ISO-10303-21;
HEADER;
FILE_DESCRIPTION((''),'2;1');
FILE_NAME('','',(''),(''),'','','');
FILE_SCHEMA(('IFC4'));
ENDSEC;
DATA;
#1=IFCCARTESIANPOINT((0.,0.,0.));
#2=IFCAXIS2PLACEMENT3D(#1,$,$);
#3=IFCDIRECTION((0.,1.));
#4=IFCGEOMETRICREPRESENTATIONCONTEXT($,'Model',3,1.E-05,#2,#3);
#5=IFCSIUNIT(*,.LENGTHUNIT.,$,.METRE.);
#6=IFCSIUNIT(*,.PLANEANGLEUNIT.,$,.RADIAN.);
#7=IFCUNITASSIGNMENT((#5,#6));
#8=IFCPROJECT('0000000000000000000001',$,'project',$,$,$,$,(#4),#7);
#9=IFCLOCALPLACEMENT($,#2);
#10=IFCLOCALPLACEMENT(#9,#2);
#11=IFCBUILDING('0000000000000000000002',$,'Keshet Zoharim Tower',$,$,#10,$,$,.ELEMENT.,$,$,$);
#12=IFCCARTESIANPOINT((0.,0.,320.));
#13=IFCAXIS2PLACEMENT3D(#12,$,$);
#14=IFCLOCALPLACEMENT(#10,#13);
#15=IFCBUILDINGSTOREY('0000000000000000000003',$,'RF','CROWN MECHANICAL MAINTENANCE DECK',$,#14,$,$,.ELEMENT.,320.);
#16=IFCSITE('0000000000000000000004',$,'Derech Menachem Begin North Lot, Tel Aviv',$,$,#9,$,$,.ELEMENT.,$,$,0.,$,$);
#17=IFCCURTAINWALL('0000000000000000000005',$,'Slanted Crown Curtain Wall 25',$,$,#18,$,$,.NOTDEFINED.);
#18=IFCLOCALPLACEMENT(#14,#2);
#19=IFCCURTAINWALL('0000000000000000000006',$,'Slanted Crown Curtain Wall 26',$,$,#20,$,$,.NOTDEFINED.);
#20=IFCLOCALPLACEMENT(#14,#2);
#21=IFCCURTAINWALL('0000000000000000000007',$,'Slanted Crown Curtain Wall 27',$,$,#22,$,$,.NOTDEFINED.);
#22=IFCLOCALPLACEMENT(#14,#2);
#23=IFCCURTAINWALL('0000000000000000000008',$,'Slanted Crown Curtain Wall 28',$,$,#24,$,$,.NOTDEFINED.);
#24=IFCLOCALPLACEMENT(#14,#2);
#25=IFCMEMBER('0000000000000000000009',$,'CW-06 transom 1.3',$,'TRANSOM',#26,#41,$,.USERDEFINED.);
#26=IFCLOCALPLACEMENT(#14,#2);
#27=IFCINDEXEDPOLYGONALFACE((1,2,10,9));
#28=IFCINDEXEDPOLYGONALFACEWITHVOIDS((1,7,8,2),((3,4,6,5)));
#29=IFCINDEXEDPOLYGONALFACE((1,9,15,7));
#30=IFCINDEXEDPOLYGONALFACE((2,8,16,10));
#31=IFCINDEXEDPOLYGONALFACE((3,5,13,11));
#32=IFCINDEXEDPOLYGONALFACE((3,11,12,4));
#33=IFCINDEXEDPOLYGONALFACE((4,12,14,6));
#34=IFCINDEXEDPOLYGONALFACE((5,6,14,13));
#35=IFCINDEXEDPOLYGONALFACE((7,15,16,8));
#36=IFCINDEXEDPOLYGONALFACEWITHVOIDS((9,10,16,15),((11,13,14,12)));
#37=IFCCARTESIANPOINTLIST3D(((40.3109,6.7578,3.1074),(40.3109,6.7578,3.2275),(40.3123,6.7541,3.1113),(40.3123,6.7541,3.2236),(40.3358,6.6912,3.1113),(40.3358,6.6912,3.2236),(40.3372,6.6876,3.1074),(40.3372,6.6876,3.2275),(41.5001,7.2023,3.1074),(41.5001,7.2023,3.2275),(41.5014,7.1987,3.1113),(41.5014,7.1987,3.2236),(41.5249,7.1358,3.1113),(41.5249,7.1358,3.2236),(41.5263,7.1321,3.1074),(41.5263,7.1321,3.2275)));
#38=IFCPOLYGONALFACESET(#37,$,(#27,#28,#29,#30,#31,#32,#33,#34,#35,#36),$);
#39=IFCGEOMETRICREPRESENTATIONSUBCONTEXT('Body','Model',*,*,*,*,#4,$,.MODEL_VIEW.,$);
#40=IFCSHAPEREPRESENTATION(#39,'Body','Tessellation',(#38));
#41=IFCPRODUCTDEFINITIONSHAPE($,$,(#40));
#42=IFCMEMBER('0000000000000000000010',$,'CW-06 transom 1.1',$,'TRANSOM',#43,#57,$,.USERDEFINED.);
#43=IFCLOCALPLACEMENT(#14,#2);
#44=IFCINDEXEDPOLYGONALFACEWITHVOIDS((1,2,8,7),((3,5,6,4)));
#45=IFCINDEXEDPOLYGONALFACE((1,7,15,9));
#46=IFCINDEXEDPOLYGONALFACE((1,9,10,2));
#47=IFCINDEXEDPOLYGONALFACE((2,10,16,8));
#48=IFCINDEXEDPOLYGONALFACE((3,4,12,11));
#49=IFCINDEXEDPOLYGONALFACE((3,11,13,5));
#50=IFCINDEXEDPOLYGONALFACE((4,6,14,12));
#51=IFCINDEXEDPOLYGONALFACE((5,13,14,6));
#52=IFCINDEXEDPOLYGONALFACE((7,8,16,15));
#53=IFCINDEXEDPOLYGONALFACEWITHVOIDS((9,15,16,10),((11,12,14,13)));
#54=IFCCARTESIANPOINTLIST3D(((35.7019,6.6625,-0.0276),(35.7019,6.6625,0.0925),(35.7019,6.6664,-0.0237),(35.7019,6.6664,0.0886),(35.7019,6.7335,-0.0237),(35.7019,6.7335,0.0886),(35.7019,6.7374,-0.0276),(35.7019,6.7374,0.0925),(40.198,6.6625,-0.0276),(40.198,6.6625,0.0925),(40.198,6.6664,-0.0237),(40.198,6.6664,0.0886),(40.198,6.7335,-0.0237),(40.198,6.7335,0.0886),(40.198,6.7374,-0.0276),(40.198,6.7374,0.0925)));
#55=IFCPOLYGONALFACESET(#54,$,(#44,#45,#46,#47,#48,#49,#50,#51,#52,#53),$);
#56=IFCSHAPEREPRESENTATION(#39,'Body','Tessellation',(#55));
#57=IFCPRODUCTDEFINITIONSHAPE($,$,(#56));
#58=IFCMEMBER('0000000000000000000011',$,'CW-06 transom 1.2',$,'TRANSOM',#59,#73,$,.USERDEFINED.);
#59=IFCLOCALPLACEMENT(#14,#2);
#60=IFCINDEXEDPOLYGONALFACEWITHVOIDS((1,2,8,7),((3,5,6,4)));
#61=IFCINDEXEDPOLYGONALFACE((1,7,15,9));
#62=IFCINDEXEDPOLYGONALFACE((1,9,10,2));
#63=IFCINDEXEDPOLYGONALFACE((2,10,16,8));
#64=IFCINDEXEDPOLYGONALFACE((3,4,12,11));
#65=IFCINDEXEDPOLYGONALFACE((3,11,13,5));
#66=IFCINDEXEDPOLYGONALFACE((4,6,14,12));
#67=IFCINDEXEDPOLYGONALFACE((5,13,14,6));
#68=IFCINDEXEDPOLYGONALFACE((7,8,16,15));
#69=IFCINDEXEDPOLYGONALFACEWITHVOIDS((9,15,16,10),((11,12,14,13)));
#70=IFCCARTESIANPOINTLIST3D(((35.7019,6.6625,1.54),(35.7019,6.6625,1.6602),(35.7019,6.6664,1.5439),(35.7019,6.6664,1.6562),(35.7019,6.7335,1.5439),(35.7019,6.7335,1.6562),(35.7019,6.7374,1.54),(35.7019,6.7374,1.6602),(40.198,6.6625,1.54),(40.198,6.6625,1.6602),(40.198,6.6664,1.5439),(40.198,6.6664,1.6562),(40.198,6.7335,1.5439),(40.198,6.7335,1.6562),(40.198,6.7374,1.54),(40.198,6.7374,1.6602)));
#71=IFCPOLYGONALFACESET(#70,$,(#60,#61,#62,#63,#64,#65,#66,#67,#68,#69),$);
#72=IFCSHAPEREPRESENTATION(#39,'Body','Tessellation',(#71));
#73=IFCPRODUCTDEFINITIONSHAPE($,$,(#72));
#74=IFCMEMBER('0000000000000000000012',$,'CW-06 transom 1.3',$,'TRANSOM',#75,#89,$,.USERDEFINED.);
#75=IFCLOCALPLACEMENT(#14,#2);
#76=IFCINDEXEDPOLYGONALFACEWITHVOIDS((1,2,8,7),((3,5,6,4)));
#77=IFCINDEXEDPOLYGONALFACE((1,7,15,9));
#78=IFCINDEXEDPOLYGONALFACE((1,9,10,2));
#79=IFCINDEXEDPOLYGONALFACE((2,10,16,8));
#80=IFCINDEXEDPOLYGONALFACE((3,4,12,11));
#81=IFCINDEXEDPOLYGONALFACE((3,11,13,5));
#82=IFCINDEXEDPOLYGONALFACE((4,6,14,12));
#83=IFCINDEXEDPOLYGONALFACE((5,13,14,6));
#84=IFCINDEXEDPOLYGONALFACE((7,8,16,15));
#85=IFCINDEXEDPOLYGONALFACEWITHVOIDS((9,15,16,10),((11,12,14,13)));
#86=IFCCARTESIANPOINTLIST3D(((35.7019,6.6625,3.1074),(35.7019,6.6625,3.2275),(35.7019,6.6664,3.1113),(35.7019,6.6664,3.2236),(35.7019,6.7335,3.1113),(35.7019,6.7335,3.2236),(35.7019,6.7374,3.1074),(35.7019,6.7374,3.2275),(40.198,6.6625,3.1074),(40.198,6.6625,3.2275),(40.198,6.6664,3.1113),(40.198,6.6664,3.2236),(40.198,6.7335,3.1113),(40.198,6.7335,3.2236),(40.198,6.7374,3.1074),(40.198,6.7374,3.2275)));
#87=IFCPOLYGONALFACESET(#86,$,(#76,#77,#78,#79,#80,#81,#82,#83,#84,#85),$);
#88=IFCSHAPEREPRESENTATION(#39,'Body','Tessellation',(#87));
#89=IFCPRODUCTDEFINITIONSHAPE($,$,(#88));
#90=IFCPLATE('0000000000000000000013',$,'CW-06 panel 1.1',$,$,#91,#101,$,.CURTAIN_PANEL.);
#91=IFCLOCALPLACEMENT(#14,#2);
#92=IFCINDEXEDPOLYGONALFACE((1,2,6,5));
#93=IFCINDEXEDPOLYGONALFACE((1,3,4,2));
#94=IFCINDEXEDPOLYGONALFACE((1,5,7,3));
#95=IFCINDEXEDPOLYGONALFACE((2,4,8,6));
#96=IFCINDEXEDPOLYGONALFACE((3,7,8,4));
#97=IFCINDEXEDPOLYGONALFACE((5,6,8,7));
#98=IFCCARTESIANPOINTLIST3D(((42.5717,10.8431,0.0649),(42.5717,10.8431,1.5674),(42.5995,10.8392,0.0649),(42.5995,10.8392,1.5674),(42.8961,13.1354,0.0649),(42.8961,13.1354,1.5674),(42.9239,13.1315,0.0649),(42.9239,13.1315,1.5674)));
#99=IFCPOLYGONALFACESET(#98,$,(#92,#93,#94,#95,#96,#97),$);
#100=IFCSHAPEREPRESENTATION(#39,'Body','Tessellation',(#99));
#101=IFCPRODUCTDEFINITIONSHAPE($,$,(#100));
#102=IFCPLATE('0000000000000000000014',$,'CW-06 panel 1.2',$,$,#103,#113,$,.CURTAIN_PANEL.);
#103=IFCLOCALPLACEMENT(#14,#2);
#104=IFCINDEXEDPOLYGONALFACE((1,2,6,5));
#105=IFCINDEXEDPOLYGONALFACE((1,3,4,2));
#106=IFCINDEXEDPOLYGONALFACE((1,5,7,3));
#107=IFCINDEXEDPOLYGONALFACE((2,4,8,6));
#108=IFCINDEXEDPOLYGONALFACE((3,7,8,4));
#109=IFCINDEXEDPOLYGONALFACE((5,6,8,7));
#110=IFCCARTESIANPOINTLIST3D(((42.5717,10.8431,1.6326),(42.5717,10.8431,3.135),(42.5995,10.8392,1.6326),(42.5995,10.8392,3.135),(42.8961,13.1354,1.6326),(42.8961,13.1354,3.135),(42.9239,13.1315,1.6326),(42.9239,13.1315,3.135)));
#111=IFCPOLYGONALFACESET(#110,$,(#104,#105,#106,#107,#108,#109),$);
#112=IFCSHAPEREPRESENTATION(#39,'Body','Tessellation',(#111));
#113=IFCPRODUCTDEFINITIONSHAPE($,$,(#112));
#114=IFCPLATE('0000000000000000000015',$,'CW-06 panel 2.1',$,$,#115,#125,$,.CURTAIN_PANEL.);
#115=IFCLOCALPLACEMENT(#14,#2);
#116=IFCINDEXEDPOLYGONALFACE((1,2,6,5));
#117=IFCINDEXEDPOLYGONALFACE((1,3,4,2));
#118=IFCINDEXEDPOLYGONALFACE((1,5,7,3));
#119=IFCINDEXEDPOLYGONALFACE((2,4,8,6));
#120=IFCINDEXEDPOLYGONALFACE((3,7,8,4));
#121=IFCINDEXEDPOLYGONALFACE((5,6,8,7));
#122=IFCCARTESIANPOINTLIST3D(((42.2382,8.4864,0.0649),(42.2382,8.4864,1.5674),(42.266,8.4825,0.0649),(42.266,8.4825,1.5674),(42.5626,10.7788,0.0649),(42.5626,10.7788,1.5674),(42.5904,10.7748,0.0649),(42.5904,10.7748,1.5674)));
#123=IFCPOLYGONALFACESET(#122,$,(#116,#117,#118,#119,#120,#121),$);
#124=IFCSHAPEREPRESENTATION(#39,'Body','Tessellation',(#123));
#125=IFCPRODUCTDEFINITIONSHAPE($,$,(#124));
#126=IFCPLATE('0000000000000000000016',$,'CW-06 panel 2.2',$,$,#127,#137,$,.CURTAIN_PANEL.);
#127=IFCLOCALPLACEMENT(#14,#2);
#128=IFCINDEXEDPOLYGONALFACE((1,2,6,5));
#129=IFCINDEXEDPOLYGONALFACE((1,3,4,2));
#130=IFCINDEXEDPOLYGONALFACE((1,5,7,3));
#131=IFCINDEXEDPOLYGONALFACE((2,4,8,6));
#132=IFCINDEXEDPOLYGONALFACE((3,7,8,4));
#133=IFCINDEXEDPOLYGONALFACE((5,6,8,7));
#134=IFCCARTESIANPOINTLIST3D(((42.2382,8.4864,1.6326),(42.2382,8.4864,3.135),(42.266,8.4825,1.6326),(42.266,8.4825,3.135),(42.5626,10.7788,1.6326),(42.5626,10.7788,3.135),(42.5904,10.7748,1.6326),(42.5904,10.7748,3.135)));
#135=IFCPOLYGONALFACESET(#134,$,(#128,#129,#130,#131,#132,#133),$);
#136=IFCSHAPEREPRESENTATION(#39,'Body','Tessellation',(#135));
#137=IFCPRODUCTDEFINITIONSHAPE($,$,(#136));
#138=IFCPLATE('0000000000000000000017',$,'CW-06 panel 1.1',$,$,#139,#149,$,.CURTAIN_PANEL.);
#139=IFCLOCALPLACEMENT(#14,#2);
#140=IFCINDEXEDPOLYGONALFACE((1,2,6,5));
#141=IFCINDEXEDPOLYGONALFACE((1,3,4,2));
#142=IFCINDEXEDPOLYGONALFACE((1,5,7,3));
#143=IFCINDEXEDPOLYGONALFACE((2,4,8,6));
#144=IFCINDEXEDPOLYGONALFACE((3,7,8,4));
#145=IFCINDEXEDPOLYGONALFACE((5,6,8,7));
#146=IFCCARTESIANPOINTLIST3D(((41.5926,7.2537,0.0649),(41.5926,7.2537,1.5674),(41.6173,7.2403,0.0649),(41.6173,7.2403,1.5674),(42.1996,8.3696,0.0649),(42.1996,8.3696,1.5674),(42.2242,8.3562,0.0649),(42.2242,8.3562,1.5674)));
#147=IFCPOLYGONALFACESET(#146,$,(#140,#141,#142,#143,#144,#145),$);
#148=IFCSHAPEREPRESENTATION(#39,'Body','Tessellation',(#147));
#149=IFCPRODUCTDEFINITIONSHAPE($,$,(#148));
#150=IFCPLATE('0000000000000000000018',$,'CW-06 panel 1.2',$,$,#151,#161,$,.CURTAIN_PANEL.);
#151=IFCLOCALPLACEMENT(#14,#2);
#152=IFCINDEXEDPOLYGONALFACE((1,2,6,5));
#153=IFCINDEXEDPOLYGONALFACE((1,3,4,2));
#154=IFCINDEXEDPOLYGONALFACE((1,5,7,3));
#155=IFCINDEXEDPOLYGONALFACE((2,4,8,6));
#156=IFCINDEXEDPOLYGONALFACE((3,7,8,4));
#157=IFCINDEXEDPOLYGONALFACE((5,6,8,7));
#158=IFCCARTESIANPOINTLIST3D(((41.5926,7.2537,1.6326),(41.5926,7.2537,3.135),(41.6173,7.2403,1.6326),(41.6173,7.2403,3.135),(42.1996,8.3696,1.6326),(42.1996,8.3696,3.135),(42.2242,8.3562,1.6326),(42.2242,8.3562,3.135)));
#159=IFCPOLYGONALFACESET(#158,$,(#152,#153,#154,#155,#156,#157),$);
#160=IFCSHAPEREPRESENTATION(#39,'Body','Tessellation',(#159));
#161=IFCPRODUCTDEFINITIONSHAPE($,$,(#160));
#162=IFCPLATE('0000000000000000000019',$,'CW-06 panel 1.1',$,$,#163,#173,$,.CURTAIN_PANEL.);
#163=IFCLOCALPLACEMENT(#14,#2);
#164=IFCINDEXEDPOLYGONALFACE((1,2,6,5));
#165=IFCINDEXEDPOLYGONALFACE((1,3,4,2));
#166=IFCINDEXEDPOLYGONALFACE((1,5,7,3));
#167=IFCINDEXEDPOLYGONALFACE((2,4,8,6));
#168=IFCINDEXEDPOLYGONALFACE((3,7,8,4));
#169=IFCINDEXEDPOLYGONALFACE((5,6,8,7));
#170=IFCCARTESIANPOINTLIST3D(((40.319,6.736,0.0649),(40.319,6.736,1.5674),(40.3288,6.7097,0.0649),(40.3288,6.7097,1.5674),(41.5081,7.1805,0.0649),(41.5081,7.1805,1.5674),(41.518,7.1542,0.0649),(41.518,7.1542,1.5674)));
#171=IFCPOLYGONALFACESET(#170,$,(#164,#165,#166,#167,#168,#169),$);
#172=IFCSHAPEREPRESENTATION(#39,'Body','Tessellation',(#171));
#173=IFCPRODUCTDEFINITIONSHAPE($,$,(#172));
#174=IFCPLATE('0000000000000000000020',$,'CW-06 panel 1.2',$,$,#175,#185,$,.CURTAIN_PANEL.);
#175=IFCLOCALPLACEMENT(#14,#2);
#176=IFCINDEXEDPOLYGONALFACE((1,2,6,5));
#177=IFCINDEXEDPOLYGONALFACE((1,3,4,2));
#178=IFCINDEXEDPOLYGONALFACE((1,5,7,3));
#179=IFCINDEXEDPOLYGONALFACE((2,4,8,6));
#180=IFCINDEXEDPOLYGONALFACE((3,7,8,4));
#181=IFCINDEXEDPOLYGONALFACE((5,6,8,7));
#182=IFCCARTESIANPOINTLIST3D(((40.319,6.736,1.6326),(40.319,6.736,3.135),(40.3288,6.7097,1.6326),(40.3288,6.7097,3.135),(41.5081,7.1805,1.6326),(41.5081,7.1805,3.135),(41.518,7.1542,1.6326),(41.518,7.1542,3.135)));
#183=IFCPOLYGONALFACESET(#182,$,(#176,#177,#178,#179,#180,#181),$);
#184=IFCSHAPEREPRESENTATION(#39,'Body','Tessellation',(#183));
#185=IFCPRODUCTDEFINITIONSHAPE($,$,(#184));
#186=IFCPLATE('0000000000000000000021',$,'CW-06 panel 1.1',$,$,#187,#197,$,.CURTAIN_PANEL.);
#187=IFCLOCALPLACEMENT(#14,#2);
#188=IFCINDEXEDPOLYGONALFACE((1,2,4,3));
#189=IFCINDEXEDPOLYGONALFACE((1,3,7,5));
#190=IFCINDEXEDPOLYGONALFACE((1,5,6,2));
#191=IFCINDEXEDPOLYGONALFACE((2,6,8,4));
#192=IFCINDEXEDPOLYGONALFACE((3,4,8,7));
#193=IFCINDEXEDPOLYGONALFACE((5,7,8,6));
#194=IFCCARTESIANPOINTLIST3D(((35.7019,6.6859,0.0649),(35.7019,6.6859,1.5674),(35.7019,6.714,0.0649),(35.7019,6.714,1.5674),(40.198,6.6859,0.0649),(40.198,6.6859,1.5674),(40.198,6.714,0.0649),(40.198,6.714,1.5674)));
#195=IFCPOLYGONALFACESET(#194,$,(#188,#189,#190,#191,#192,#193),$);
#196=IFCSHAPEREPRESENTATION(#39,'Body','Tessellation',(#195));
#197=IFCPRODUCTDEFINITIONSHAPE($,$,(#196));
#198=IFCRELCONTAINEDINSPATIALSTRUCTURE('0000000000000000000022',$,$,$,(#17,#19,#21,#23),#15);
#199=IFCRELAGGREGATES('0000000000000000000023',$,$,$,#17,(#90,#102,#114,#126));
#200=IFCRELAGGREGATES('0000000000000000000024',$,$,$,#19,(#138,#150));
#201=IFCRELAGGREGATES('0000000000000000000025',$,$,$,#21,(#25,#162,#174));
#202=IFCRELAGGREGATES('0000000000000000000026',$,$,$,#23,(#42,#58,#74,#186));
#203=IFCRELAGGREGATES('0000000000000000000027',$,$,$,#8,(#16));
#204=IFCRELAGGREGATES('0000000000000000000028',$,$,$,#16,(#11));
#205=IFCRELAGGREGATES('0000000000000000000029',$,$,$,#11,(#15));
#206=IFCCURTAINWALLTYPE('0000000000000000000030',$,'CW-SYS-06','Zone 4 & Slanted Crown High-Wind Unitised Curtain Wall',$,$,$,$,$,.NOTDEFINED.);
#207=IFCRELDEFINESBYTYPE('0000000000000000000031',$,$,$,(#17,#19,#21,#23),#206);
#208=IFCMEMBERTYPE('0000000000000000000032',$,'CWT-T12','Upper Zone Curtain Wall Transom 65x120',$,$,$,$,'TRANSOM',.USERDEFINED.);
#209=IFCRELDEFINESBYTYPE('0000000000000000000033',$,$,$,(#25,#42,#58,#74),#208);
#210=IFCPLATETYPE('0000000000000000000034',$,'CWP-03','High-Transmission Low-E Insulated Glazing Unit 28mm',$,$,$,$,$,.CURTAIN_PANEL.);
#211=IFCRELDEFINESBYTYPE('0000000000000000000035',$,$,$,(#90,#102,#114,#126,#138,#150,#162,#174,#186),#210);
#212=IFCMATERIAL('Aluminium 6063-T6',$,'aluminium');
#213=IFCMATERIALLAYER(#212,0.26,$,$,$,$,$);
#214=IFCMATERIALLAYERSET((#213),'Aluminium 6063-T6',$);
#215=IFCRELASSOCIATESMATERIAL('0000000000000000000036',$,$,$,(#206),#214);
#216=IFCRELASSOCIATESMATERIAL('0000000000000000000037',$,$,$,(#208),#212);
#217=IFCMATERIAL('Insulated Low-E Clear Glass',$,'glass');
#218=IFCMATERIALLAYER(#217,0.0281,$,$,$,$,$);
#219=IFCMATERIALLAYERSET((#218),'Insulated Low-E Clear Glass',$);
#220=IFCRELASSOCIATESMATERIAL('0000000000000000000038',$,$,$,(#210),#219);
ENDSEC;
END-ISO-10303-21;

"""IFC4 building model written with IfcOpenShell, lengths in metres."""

from ifc_helpers import new_model, si_unit, direction, frame, origin, origin_2d, place, context, subcontext, project, spatial, rectangle, hollow_rectangle, extrude, material, layer, layer_set, material_profile, profile_set, type_object, element, aggregate, save


model = new_model("IFC4")

# Units and contexts
model_context = context("Model", 3, precision=1e-05, world=origin(), true_north=direction((0.0, 1.0)))
body_context = subcontext(model_context, "Body", "Model", "MODEL_VIEW")
ifc_project = project(units=[si_unit("LENGTHUNIT", "METRE"), si_unit("PLANEANGLEUNIT", "RADIAN")], contexts=[model_context])

# Site, building, storey
site_placement = place(None, origin())
site = spatial("IfcSite", under=ifc_project, at=site_placement, Name="Derech Menachem Begin North Lot, Tel Aviv", CompositionType="ELEMENT", RefElevation=0.0)
building_placement = place(site_placement, origin())
building = spatial("IfcBuilding", under=site, at=building_placement, Name="Keshet Zoharim Tower", CompositionType="ELEMENT")
storey_placement = place(building_placement, frame((0.0, 0.0, 320.0)))
storey = spatial("IfcBuildingStorey", under=building, at=storey_placement, Name="RF", Description="CROWN MECHANICAL MAINTENANCE DECK", CompositionType="ELEMENT", Elevation=320.0)

# Curtain walls
ifc_material_1 = material(Name="Aluminium 6063-T6", Category="aluminium")
ifc_layer_1 = layer(ifc_material_1, 0.26)
ifc_layer_set_1 = layer_set([ifc_layer_1], Name="Aluminium 6063-T6")
curtain_wall_type = type_object("IfcCurtainWallType", Name="CW-SYS-06", Description="Zone 4 & Slanted Crown High-Wind Unitised Curtain Wall", PredefinedType="NOTDEFINED", material=ifc_layer_set_1)
curtain_wall_1_placement = place(storey_placement, origin())
curtain_wall_1 = element("IfcCurtainWall", 1, at=curtain_wall_1_placement, inside=storey, type_object=curtain_wall_type, Name="Slanted Crown Curtain Wall 25", PredefinedType="NOTDEFINED")
curtain_wall_2_placement = place(storey_placement, origin())
curtain_wall_2 = element("IfcCurtainWall", 2, at=curtain_wall_2_placement, inside=storey, type_object=curtain_wall_type, Name="Slanted Crown Curtain Wall 26", PredefinedType="NOTDEFINED")
curtain_wall_3_placement = place(storey_placement, origin())
curtain_wall_3 = element("IfcCurtainWall", 3, at=curtain_wall_3_placement, inside=storey, type_object=curtain_wall_type, Name="Slanted Crown Curtain Wall 27", PredefinedType="NOTDEFINED")
curtain_wall_4_placement = place(storey_placement, origin())
curtain_wall_4 = element("IfcCurtainWall", 4, at=curtain_wall_4_placement, inside=storey, type_object=curtain_wall_type, Name="Slanted Crown Curtain Wall 28", PredefinedType="NOTDEFINED")

# Members
ifc_material_profile_1 = material_profile(ifc_material_1, hollow_rectangle(XDim=0.075, YDim=0.1201, WallThickness=0.0039, at=origin_2d()), Name="TRN-75x120")
ifc_profile_set_1 = profile_set([ifc_material_profile_1], Name="Aluminium 6063-T6")
member_type_1 = type_object("IfcMemberType", Name="CWT-T12", Description="Upper Zone Curtain Wall Transom 65x120", ElementType="TRANSOM", PredefinedType="USERDEFINED", material=ifc_profile_set_1)
member_1_placement = place(storey_placement, frame((41.5132, 7.1672, 3.1675), z_axis=(-0.936684, -0.350175, 0.0), x_axis=(0.350175, -0.936684, 0.0)))
member_1 = element("IfcMember", 5, at=member_1_placement, type_object=member_type_1, Name="CW-06 transom 1.3", ObjectType="TRANSOM", PredefinedType="USERDEFINED", context=body_context, shape_type="SweptSolid", body=[
    extrude(hollow_rectangle(XDim=0.075, YDim=0.1201, WallThickness=0.0039, at=origin_2d()), origin(), (0.0, 0.0, 1.0), 1.2695),
])
member_2_placement = place(storey_placement, frame((40.198, 6.7, 0.0325), z_axis=(-1.0, 0.0, 0.0), x_axis=(0.0, -1.0, 0.0)))
member_2 = element("IfcMember", 6, at=member_2_placement, type_object=member_type_1, Name="CW-06 transom 1.1", ObjectType="TRANSOM", PredefinedType="USERDEFINED", context=body_context, shape_type="SweptSolid", body=[
    extrude(hollow_rectangle(XDim=0.075, YDim=0.1201, WallThickness=0.0039, at=origin_2d()), origin(), (0.0, 0.0, 1.0), 4.4961),
])
member_3_placement = place(storey_placement, frame((40.198, 6.7, 1.6001), z_axis=(-1.0, 0.0, 0.0), x_axis=(0.0, -1.0, 0.0)))
member_3 = element("IfcMember", 7, at=member_3_placement, type_object=member_type_1, Name="CW-06 transom 1.2", ObjectType="TRANSOM", PredefinedType="USERDEFINED", context=body_context, shape_type="SweptSolid", body=[
    extrude(hollow_rectangle(XDim=0.075, YDim=0.1201, WallThickness=0.0039, at=origin_2d()), origin(), (0.0, 0.0, 1.0), 4.4961),
])
member_4_placement = place(storey_placement, frame((40.198, 6.7, 3.1675), z_axis=(-1.0, 0.0, 0.0), x_axis=(0.0, -1.0, 0.0)))
member_4 = element("IfcMember", 8, at=member_4_placement, type_object=member_type_1, Name="CW-06 transom 1.3", ObjectType="TRANSOM", PredefinedType="USERDEFINED", context=body_context, shape_type="SweptSolid", body=[
    extrude(hollow_rectangle(XDim=0.075, YDim=0.1201, WallThickness=0.0039, at=origin_2d()), origin(), (0.0, 0.0, 1.0), 4.4961),
])

# Plates
ifc_material_2 = material(Name="Insulated Low-E Clear Glass", Category="glass")
ifc_layer_2 = layer(ifc_material_2, 0.0281)
ifc_layer_set_2 = layer_set([ifc_layer_2], Name="Insulated Low-E Clear Glass")
plate_type = type_object("IfcPlateType", Name="CWP-03", Description="High-Transmission Low-E Insulated Glazing Unit 28mm", PredefinedType="CURTAIN_PANEL", material=ifc_layer_set_2)
plate_1_placement = place(storey_placement, frame((42.7478, 11.9873, 0.0649), z_axis=(0.0, 0.0, 1.0), x_axis=(-0.140087, -0.990139, 0.0)))
plate_1 = element("IfcPlate", 9, at=plate_1_placement, type_object=plate_type, Name="CW-06 panel 1.1", PredefinedType="CURTAIN_PANEL", context=body_context, shape_type="SweptSolid", body=[
    extrude(rectangle(XDim=2.3152, YDim=0.0281, at=origin_2d()), origin(), (0.0, 0.0, 1.0), 1.5024),
])
plate_2_placement = place(storey_placement, frame((42.7478, 11.9873, 1.6326), z_axis=(0.0, 0.0, 1.0), x_axis=(-0.140087, -0.990139, 0.0)))
plate_2 = element("IfcPlate", 10, at=plate_2_placement, type_object=plate_type, Name="CW-06 panel 1.2", PredefinedType="CURTAIN_PANEL", context=body_context, shape_type="SweptSolid", body=[
    extrude(rectangle(XDim=2.3152, YDim=0.0281, at=origin_2d()), origin(), (0.0, 0.0, 1.0), 1.5024),
])
plate_3_placement = place(storey_placement, frame((42.4143, 9.6306, 0.0649), z_axis=(0.0, 0.0, 1.0), x_axis=(-0.140087, -0.990139, 0.0)))
plate_3 = element("IfcPlate", 11, at=plate_3_placement, type_object=plate_type, Name="CW-06 panel 2.1", PredefinedType="CURTAIN_PANEL", context=body_context, shape_type="SweptSolid", body=[
    extrude(rectangle(XDim=2.3152, YDim=0.0281, at=origin_2d()), origin(), (0.0, 0.0, 1.0), 1.5024),
])
plate_4_placement = place(storey_placement, frame((42.4143, 9.6306, 1.6326), z_axis=(0.0, 0.0, 1.0), x_axis=(-0.140087, -0.990139, 0.0)))
plate_4 = element("IfcPlate", 12, at=plate_4_placement, type_object=plate_type, Name="CW-06 panel 2.2", PredefinedType="CURTAIN_PANEL", context=body_context, shape_type="SweptSolid", body=[
    extrude(rectangle(XDim=2.3152, YDim=0.0281, at=origin_2d()), origin(), (0.0, 0.0, 1.0), 1.5024),
])
aggregate(curtain_wall_1, [plate_1, plate_2, plate_3, plate_4])
plate_5_placement = place(storey_placement, frame((41.9084, 7.8049, 0.0649), z_axis=(0.0, 0.0, 1.0), x_axis=(-0.477801, -0.878468, 0.0)))
plate_5 = element("IfcPlate", 13, at=plate_5_placement, type_object=plate_type, Name="CW-06 panel 1.1", PredefinedType="CURTAIN_PANEL", context=body_context, shape_type="SweptSolid", body=[
    extrude(rectangle(XDim=1.2703, YDim=0.0281, at=origin_2d()), origin(), (0.0, 0.0, 1.0), 1.5024),
])
plate_6_placement = place(storey_placement, frame((41.9084, 7.8049, 1.6326), z_axis=(0.0, 0.0, 1.0), x_axis=(-0.477801, -0.878468, 0.0)))
plate_6 = element("IfcPlate", 14, at=plate_6_placement, type_object=plate_type, Name="CW-06 panel 1.2", PredefinedType="CURTAIN_PANEL", context=body_context, shape_type="SweptSolid", body=[
    extrude(rectangle(XDim=1.2703, YDim=0.0281, at=origin_2d()), origin(), (0.0, 0.0, 1.0), 1.5024),
])
aggregate(curtain_wall_2, [plate_5, plate_6])
plate_7_placement = place(storey_placement, frame((40.9185, 6.9451, 0.0649), z_axis=(0.0, 0.0, 1.0), x_axis=(-0.93671, -0.350105, 0.0)))
plate_7 = element("IfcPlate", 15, at=plate_7_placement, type_object=plate_type, Name="CW-06 panel 1.1", PredefinedType="CURTAIN_PANEL", context=body_context, shape_type="SweptSolid", body=[
    extrude(rectangle(XDim=1.2695, YDim=0.0281, at=origin_2d()), origin(), (0.0, 0.0, 1.0), 1.5024),
])
plate_8_placement = place(storey_placement, frame((40.9185, 6.9451, 1.6326), z_axis=(0.0, 0.0, 1.0), x_axis=(-0.93671, -0.350105, 0.0)))
plate_8 = element("IfcPlate", 16, at=plate_8_placement, type_object=plate_type, Name="CW-06 panel 1.2", PredefinedType="CURTAIN_PANEL", context=body_context, shape_type="SweptSolid", body=[
    extrude(rectangle(XDim=1.2695, YDim=0.0281, at=origin_2d()), origin(), (0.0, 0.0, 1.0), 1.5024),
])
aggregate(curtain_wall_3, [member_1, plate_7, plate_8])
plate_9_placement = place(storey_placement, frame((37.95, 6.7, 0.0649), z_axis=(0.0, 0.0, 1.0), x_axis=(-1.0, 0.0, 0.0)))
plate_9 = element("IfcPlate", 17, at=plate_9_placement, type_object=plate_type, Name="CW-06 panel 1.1", PredefinedType="CURTAIN_PANEL", context=body_context, shape_type="SweptSolid", body=[
    extrude(rectangle(XDim=4.4961, YDim=0.0281, at=origin_2d()), origin(), (0.0, 0.0, 1.0), 1.5024),
])
aggregate(curtain_wall_4, [member_2, member_3, member_4, plate_9])

save(model, "model.ifc")
